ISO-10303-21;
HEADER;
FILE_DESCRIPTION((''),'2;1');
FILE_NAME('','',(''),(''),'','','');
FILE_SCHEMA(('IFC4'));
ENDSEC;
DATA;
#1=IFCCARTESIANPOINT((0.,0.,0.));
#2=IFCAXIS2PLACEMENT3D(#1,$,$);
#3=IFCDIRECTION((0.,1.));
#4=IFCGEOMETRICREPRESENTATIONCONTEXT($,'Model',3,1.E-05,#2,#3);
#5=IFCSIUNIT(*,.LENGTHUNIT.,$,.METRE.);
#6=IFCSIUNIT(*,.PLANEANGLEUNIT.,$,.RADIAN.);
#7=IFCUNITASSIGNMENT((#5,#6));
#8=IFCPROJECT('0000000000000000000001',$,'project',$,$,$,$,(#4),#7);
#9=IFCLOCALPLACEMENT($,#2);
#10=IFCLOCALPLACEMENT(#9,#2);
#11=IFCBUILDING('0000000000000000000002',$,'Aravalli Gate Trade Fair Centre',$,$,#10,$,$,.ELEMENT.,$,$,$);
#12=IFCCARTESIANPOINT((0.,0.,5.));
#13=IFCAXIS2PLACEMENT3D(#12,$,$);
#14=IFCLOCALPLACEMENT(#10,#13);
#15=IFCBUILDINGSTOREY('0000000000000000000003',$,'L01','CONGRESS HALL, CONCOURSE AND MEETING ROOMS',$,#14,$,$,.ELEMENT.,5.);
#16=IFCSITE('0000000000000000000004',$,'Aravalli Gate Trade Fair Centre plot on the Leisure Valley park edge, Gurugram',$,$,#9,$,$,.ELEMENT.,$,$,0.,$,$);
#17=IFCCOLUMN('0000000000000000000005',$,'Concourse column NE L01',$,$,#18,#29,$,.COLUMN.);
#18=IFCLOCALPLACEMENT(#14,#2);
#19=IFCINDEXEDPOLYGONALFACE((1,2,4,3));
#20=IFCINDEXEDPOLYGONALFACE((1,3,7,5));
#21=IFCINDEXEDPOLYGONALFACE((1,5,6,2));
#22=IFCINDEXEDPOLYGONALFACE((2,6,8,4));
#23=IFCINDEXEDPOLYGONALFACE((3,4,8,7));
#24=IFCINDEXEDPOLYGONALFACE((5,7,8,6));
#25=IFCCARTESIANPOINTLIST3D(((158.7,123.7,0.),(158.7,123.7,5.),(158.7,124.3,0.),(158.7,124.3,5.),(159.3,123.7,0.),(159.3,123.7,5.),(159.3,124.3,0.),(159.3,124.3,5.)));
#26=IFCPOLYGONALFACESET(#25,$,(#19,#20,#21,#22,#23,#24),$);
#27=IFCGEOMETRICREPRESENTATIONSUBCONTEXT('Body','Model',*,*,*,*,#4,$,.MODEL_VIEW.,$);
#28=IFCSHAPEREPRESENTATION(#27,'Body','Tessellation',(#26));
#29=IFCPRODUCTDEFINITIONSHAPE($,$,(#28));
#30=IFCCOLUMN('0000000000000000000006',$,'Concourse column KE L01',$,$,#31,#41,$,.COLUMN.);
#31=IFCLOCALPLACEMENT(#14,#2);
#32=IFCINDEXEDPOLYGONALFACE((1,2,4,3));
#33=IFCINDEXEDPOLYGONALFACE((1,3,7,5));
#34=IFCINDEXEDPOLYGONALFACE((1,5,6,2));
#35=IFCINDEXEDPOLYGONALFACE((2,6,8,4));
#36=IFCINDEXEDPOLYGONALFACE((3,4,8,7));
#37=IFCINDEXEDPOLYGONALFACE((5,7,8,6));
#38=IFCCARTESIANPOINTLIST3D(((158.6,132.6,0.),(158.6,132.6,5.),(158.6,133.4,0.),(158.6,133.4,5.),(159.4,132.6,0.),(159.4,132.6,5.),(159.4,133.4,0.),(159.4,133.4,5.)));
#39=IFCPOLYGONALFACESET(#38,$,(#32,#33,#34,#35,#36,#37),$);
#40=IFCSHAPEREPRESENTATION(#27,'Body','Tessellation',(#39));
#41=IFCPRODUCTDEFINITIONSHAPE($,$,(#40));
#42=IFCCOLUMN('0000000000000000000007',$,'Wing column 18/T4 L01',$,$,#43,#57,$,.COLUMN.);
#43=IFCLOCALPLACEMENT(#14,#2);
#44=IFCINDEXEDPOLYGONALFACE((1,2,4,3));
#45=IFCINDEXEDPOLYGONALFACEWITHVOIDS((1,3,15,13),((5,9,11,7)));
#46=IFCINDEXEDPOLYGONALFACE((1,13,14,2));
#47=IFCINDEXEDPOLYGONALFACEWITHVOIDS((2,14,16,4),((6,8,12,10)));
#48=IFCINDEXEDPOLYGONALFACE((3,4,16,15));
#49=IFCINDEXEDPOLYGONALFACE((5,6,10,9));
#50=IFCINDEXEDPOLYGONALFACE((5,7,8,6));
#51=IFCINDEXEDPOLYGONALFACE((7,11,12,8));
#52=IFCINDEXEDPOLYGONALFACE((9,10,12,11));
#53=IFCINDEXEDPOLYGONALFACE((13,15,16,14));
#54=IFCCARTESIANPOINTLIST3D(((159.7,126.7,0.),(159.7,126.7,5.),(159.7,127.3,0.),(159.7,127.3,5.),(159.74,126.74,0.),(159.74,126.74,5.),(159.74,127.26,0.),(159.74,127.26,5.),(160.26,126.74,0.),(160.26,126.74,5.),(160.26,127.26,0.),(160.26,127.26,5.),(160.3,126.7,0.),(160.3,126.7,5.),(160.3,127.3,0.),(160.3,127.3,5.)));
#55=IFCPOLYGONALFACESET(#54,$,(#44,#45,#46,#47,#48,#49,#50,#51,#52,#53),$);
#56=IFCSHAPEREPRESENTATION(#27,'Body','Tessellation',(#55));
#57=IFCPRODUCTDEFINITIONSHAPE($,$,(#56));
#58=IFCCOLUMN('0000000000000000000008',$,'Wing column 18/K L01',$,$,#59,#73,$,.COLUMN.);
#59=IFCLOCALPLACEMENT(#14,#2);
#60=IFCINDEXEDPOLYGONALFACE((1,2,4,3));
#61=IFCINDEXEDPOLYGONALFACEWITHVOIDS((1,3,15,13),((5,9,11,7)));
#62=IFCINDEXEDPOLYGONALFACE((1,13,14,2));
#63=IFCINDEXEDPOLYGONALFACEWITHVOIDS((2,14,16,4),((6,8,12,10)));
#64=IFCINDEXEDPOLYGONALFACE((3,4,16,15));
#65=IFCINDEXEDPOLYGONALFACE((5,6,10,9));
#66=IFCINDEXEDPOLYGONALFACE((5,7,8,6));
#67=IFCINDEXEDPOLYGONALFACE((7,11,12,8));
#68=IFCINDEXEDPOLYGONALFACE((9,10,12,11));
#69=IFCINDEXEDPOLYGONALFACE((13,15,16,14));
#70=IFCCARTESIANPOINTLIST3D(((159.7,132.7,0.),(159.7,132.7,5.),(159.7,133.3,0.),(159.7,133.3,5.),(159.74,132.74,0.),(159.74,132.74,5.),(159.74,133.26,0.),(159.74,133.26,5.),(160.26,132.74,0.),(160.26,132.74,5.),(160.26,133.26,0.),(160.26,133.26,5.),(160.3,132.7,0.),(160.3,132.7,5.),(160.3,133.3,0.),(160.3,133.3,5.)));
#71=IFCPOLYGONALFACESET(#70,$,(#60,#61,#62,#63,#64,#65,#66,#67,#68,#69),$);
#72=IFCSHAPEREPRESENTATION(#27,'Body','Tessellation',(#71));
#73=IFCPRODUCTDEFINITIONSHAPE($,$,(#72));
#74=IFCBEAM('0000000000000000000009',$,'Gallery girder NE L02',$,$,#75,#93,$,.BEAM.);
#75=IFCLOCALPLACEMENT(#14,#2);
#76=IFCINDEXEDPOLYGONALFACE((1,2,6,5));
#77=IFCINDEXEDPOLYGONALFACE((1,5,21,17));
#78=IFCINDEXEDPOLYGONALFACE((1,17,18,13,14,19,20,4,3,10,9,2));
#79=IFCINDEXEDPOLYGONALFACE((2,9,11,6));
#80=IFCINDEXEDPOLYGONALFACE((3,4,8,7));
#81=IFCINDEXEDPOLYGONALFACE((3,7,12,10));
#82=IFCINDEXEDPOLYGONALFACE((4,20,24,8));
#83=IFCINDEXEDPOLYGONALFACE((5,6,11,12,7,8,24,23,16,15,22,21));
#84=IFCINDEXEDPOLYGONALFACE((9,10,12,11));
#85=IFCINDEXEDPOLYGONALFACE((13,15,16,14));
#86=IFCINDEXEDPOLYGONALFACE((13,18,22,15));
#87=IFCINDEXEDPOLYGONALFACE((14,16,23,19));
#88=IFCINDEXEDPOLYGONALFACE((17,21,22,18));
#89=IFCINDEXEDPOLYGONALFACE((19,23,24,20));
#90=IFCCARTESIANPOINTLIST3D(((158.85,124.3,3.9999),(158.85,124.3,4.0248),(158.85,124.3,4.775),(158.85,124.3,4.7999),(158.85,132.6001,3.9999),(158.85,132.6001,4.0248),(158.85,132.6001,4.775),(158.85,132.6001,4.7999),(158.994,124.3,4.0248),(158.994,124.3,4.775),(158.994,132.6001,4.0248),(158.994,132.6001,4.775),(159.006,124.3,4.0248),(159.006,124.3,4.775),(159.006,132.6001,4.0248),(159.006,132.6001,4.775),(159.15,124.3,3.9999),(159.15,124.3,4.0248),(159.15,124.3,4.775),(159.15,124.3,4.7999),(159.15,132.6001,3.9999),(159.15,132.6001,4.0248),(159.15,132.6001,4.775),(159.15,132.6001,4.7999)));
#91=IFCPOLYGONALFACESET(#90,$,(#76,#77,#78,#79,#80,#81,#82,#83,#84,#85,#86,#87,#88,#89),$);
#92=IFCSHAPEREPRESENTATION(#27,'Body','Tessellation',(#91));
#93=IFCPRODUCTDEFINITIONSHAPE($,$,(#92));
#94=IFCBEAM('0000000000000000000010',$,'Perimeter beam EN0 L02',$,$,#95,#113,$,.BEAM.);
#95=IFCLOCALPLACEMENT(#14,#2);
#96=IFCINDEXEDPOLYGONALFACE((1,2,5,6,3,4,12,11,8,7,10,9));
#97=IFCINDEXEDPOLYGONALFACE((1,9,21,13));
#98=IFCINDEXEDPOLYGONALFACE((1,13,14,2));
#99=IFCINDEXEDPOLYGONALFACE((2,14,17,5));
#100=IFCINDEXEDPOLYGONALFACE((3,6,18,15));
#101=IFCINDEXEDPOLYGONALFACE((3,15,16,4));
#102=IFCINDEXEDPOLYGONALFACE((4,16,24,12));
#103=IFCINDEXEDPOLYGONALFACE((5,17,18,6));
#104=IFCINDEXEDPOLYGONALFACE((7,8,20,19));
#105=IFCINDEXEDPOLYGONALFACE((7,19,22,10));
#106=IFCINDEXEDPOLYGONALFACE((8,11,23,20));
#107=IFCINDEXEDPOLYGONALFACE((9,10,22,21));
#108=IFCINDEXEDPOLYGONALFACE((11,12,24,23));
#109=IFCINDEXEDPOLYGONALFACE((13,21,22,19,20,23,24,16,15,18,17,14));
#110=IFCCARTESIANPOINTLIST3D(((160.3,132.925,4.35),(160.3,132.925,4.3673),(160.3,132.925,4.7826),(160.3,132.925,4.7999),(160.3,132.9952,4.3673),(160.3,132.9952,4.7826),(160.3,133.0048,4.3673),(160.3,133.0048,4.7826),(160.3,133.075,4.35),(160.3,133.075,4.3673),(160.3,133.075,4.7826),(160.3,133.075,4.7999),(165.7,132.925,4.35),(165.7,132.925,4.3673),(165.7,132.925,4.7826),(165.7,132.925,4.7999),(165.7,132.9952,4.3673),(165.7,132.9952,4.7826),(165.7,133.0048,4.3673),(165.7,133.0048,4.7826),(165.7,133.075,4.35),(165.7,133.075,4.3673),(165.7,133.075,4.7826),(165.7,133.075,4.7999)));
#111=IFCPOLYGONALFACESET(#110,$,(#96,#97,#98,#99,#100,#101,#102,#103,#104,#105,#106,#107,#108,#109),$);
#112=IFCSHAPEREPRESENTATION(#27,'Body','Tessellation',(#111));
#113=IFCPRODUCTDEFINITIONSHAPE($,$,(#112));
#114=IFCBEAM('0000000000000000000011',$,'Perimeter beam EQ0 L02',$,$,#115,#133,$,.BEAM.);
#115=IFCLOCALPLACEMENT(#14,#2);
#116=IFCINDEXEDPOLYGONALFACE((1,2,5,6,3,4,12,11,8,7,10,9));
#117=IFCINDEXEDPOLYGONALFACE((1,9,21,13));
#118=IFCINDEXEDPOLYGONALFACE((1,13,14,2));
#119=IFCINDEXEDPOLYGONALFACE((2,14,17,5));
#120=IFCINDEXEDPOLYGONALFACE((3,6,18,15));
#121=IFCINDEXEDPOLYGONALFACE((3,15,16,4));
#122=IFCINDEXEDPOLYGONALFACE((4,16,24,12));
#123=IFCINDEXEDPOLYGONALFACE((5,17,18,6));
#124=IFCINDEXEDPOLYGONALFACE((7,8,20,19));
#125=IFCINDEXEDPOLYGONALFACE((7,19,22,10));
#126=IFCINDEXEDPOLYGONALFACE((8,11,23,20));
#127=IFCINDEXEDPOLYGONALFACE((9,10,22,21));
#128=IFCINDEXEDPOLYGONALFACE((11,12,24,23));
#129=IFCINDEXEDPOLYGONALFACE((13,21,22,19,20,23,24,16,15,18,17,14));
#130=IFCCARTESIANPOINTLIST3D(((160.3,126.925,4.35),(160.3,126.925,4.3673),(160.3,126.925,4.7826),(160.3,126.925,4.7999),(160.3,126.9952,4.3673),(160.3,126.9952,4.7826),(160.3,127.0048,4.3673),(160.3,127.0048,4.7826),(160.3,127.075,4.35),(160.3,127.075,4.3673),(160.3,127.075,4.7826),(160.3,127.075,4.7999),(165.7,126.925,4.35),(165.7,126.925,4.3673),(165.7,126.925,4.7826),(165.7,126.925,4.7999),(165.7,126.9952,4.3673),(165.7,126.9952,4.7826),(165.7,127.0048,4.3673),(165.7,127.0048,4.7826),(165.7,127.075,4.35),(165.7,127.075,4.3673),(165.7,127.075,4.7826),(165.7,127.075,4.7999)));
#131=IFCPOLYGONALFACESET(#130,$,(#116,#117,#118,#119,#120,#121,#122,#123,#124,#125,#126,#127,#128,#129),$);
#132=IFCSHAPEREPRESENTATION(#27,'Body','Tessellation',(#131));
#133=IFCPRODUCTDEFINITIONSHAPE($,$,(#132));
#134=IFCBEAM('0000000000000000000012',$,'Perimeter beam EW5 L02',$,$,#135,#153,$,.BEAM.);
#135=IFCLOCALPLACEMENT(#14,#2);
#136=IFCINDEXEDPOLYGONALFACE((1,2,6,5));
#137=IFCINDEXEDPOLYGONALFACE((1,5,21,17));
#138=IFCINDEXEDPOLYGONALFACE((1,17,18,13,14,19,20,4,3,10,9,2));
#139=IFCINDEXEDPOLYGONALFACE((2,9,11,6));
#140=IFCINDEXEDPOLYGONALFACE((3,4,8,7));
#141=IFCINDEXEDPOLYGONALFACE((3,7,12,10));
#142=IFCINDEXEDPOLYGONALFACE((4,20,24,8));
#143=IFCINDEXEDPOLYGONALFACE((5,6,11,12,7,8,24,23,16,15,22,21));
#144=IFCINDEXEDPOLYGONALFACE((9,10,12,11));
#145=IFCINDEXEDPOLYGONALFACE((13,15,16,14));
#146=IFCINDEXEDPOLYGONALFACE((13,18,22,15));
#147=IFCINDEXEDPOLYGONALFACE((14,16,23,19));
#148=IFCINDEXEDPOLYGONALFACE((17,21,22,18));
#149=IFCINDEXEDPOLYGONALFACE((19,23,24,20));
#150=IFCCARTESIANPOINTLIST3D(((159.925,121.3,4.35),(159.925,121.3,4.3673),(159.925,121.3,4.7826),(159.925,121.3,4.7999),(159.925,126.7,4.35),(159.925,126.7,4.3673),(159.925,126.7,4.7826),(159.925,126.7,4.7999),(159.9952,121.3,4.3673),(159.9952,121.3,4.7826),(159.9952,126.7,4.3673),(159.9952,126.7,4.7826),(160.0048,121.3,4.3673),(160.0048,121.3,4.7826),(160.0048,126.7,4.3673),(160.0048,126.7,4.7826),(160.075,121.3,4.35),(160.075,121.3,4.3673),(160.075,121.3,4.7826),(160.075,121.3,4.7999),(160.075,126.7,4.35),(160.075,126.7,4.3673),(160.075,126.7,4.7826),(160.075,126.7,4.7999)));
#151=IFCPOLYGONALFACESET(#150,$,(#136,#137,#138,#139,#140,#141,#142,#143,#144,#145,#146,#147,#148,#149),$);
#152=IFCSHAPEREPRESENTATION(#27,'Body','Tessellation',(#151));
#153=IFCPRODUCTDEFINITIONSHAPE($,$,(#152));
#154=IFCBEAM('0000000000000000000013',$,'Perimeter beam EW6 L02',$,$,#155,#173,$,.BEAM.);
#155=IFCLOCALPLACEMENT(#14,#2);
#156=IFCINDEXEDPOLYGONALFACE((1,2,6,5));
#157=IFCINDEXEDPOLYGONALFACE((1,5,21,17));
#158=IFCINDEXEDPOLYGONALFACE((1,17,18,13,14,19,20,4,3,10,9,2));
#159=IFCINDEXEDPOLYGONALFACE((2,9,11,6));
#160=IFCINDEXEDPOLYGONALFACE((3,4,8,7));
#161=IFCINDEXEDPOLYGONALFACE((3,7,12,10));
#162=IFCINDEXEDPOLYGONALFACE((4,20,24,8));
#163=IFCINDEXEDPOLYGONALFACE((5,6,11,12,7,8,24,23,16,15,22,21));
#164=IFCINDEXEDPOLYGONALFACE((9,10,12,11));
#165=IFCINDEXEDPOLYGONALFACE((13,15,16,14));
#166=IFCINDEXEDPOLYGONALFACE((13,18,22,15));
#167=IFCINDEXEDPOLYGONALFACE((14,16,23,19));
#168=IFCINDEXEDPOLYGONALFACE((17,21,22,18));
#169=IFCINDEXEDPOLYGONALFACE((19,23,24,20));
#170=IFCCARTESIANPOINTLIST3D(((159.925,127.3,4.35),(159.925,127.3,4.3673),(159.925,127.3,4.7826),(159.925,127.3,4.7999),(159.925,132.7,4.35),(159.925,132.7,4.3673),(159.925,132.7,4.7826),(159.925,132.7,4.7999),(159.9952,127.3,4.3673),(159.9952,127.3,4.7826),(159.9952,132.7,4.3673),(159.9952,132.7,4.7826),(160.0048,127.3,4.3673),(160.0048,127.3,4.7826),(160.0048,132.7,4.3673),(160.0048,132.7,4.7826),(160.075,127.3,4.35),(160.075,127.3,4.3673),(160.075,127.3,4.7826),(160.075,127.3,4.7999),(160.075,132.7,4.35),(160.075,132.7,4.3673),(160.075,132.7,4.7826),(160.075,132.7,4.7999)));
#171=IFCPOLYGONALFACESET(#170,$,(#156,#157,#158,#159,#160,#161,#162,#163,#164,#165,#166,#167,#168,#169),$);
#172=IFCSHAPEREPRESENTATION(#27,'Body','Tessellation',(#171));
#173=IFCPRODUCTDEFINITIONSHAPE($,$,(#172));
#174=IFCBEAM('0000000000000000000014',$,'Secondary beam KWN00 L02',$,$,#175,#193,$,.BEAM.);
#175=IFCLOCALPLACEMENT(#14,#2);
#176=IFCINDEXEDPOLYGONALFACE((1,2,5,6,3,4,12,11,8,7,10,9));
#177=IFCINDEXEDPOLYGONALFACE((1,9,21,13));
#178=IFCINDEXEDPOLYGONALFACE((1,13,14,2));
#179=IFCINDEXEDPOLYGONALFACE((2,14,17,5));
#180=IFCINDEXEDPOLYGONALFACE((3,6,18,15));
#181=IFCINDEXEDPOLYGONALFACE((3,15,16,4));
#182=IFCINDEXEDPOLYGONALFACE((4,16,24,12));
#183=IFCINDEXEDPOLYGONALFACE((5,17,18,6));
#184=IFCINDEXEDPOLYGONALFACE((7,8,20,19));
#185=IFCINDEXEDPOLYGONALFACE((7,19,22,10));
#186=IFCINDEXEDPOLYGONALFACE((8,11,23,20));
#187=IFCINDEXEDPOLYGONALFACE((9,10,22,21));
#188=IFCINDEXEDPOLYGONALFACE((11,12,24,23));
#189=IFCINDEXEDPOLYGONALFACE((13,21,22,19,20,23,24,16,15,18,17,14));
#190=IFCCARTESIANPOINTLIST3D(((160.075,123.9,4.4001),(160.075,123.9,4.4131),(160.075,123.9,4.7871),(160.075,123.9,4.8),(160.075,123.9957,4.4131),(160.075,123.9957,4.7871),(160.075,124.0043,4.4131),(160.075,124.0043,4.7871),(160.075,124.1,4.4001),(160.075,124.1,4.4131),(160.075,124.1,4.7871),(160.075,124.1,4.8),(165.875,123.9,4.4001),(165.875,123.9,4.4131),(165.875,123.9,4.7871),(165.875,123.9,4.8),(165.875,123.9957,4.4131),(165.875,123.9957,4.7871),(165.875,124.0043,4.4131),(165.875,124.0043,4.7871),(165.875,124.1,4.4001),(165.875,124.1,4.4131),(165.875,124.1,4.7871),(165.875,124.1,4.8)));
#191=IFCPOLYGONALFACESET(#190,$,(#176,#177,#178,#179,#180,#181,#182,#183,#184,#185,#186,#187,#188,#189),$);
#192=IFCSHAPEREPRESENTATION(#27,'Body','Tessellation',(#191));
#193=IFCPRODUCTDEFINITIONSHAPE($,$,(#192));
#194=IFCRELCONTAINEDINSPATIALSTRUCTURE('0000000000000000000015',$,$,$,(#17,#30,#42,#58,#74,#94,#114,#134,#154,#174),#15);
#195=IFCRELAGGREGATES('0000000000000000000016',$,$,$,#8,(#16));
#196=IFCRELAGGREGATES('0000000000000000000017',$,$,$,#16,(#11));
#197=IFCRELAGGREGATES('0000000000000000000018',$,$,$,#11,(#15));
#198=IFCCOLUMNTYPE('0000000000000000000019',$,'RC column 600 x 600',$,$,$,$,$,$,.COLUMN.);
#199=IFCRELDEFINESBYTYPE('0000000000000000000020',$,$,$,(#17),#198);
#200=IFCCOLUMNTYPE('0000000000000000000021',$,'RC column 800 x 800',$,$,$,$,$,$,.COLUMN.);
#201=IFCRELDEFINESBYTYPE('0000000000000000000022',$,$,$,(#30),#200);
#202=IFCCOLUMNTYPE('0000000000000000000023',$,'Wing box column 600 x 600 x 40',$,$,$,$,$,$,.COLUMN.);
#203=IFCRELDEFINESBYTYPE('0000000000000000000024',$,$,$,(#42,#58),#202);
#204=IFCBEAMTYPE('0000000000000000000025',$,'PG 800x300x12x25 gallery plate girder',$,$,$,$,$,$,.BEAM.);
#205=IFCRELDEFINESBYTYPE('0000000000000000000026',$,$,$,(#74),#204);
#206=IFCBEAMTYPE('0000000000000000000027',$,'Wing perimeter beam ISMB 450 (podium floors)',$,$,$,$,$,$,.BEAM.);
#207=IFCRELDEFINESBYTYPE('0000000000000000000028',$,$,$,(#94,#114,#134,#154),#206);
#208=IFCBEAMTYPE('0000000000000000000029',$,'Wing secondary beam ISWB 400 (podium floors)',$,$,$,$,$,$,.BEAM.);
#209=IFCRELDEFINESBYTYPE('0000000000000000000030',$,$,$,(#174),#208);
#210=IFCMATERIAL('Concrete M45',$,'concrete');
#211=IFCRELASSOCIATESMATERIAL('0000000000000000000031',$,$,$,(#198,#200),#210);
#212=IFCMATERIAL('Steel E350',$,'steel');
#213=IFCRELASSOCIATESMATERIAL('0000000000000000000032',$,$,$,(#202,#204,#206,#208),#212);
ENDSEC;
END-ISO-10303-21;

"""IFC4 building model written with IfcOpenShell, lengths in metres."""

from ifc_helpers import new_model, si_unit, direction, frame, origin, origin_2d, place, context, subcontext, project, spatial, rectangle, hollow_rectangle, i_section, extrude, material, material_profile, profile_set, type_object, element, save


model = new_model("IFC4")

# Units and contexts
model_context = context("Model", 3, precision=1e-05, world=origin(), true_north=direction((0.0, 1.0)))
body_context = subcontext(model_context, "Body", "Model", "MODEL_VIEW")
ifc_project = project(units=[si_unit("LENGTHUNIT", "METRE"), si_unit("PLANEANGLEUNIT", "RADIAN")], contexts=[model_context])

# Site, building, storey
site_placement = place(None, origin())
site = spatial("IfcSite", under=ifc_project, at=site_placement, Name="Aravalli Gate Trade Fair Centre plot on the Leisure Valley park edge, Gurugram", CompositionType="ELEMENT", RefElevation=0.0)
building_placement = place(site_placement, origin())
building = spatial("IfcBuilding", under=site, at=building_placement, Name="Aravalli Gate Trade Fair Centre", CompositionType="ELEMENT")
storey_placement = place(building_placement, frame((0.0, 0.0, 5.0)))
storey = spatial("IfcBuildingStorey", under=building, at=storey_placement, Name="L01", Description="CONGRESS HALL, CONCOURSE AND MEETING ROOMS", CompositionType="ELEMENT", Elevation=5.0)

# Columns
ifc_material_1 = material(Name="Concrete M45", Category="concrete")
ifc_material_profile_1 = material_profile(ifc_material_1, rectangle(XDim=0.6001, YDim=0.6001, at=origin_2d()), Name="RC column 600 x 600")
ifc_profile_set_1 = profile_set([ifc_material_profile_1], Name="Concrete M45")
column_type_1 = type_object("IfcColumnType", Name="RC column 600 x 600", PredefinedType="COLUMN", material=ifc_profile_set_1)
column_1_placement = place(storey_placement, frame((159.0, 124.0, 0.0), z_axis=(0.0, 0.0, 1.0), x_axis=(1.0, 0.0, 0.0)))
element("IfcColumn", 1, at=column_1_placement, inside=storey, type_object=column_type_1, Name="Concourse column NE L01", PredefinedType="COLUMN", context=body_context, shape_type="SweptSolid", body=[
    extrude(rectangle(XDim=0.6001, YDim=0.6001, at=origin_2d()), origin(), (0.0, 0.0, 1.0), 5.0),
])
ifc_material_profile_2 = material_profile(ifc_material_1, rectangle(XDim=0.8, YDim=0.8, at=origin_2d()), Name="RC column 800 x 800")
ifc_profile_set_2 = profile_set([ifc_material_profile_2], Name="Concrete M45")
column_type_2 = type_object("IfcColumnType", Name="RC column 800 x 800", PredefinedType="COLUMN", material=ifc_profile_set_2)
column_2_placement = place(storey_placement, frame((159.0, 133.0, 0.0), z_axis=(0.0, 0.0, 1.0), x_axis=(1.0, 0.0, 0.0)))
element("IfcColumn", 2, at=column_2_placement, inside=storey, type_object=column_type_2, Name="Concourse column KE L01", PredefinedType="COLUMN", context=body_context, shape_type="SweptSolid", body=[
    extrude(rectangle(XDim=0.8, YDim=0.8, at=origin_2d()), origin(), (0.0, 0.0, 1.0), 5.0),
])
ifc_material_2 = material(Name="Steel E350", Category="steel")
ifc_material_profile_3 = material_profile(ifc_material_2, hollow_rectangle(XDim=0.6001, YDim=0.6001, WallThickness=0.04, at=origin_2d()), Name="BOX 600x600x40")
ifc_profile_set_3 = profile_set([ifc_material_profile_3], Name="Steel E350")
column_type_3 = type_object("IfcColumnType", Name="Wing box column 600 x 600 x 40", PredefinedType="COLUMN", material=ifc_profile_set_3)
for number, where, z_axis, x_axis, name in (
    (3, (160.0, 127.0, 0.0), (0.0, 0.0, 1.0), (1.0, 0.0, 0.0), "Wing column 18/T4 L01"),
    (4, (160.0, 133.0, 0.0), (0.0, 0.0, 1.0), (1.0, 0.0, 0.0), "Wing column 18/K L01"),
):
    element("IfcColumn", number, at=place(storey_placement, frame(where, z_axis=z_axis, x_axis=x_axis)), inside=storey, type_object=column_type_3, Name=name, PredefinedType="COLUMN", context=body_context, shape_type="SweptSolid", body=[
        extrude(hollow_rectangle(XDim=0.6001, YDim=0.6001, WallThickness=0.04, at=origin_2d()), origin(), (0.0, 0.0, 1.0), 5.0),
    ])

# Beams
ifc_material_profile_4 = material_profile(ifc_material_2, i_section(OverallWidth=0.3, OverallDepth=0.8, WebThickness=0.012, FlangeThickness=0.0249, at=origin_2d()), Name="PG 800x300x12x25")
ifc_profile_set_4 = profile_set([ifc_material_profile_4], Name="Steel E350")
beam_type_1 = type_object("IfcBeamType", Name="PG 800x300x12x25 gallery plate girder", PredefinedType="BEAM", material=ifc_profile_set_4)
beam_placement = place(storey_placement, frame((159.0, 124.3, 4.3999), z_axis=(0.0, 1.0, 0.0), x_axis=(-1.0, 0.0, 0.0)))
element("IfcBeam", 5, at=beam_placement, inside=storey, type_object=beam_type_1, Name="Gallery girder NE L02", PredefinedType="BEAM", context=body_context, shape_type="SweptSolid", body=[
    extrude(i_section(OverallWidth=0.3, OverallDepth=0.8, WebThickness=0.012, FlangeThickness=0.0249, at=origin_2d()), origin(), (0.0, 0.0, 1.0), 8.3),
])
ifc_material_profile_5 = material_profile(ifc_material_2, i_section(OverallWidth=0.1499, OverallDepth=0.45, WebThickness=0.0095, FlangeThickness=0.0173, at=origin_2d()), Name="ISMB 450")
ifc_profile_set_5 = profile_set([ifc_material_profile_5], Name="Steel E350")
beam_type_2 = type_object("IfcBeamType", Name="Wing perimeter beam ISMB 450 (podium floors)", PredefinedType="BEAM", material=ifc_profile_set_5)
for number, where, z_axis, x_axis, name in (
    (6, (160.3, 133.0, 4.575), (1.0, 0.0, 0.0), (0.0, 1.0, 0.0), "Perimeter beam EN0 L02"),
    (7, (160.3, 127.0, 4.575), (1.0, 0.0, 0.0), (0.0, 1.0, 0.0), "Perimeter beam EQ0 L02"),
    (8, (160.0, 121.3, 4.575), (0.0, 1.0, 0.0), (-1.0, 0.0, 0.0), "Perimeter beam EW5 L02"),
    (9, (160.0, 127.3, 4.575), (0.0, 1.0, 0.0), (-1.0, 0.0, 0.0), "Perimeter beam EW6 L02"),
):
    element("IfcBeam", number, at=place(storey_placement, frame(where, z_axis=z_axis, x_axis=x_axis)), inside=storey, type_object=beam_type_2, Name=name, PredefinedType="BEAM", context=body_context, shape_type="SweptSolid", body=[
        extrude(i_section(OverallWidth=0.1499, OverallDepth=0.45, WebThickness=0.0095, FlangeThickness=0.0173, at=origin_2d()), origin(), (0.0, 0.0, 1.0), 5.3999),
    ])
ifc_material_profile_6 = material_profile(ifc_material_2, i_section(OverallWidth=0.2, OverallDepth=0.3999, WebThickness=0.0085, FlangeThickness=0.0129, at=origin_2d()), Name="ISWB 400")
ifc_profile_set_6 = profile_set([ifc_material_profile_6], Name="Steel E350")
beam_type_3 = type_object("IfcBeamType", Name="Wing secondary beam ISWB 400 (podium floors)", PredefinedType="BEAM", material=ifc_profile_set_6)
for number, where, z_axis, x_axis, name in (
    (10, (160.075, 124.0, 4.6001), (1.0, 0.0, 0.0), (0.0, 1.0, 0.0), "Secondary beam KWN00 L02"),
):
    element("IfcBeam", number, at=place(storey_placement, frame(where, z_axis=z_axis, x_axis=x_axis)), inside=storey, type_object=beam_type_3, Name=name, PredefinedType="BEAM", context=body_context, shape_type="SweptSolid", body=[
        extrude(i_section(OverallWidth=0.2, OverallDepth=0.3999, WebThickness=0.0085, FlangeThickness=0.0129, at=origin_2d()), origin(), (0.0, 0.0, 1.0), 5.8),
    ])

save(model, "model.ifc")
